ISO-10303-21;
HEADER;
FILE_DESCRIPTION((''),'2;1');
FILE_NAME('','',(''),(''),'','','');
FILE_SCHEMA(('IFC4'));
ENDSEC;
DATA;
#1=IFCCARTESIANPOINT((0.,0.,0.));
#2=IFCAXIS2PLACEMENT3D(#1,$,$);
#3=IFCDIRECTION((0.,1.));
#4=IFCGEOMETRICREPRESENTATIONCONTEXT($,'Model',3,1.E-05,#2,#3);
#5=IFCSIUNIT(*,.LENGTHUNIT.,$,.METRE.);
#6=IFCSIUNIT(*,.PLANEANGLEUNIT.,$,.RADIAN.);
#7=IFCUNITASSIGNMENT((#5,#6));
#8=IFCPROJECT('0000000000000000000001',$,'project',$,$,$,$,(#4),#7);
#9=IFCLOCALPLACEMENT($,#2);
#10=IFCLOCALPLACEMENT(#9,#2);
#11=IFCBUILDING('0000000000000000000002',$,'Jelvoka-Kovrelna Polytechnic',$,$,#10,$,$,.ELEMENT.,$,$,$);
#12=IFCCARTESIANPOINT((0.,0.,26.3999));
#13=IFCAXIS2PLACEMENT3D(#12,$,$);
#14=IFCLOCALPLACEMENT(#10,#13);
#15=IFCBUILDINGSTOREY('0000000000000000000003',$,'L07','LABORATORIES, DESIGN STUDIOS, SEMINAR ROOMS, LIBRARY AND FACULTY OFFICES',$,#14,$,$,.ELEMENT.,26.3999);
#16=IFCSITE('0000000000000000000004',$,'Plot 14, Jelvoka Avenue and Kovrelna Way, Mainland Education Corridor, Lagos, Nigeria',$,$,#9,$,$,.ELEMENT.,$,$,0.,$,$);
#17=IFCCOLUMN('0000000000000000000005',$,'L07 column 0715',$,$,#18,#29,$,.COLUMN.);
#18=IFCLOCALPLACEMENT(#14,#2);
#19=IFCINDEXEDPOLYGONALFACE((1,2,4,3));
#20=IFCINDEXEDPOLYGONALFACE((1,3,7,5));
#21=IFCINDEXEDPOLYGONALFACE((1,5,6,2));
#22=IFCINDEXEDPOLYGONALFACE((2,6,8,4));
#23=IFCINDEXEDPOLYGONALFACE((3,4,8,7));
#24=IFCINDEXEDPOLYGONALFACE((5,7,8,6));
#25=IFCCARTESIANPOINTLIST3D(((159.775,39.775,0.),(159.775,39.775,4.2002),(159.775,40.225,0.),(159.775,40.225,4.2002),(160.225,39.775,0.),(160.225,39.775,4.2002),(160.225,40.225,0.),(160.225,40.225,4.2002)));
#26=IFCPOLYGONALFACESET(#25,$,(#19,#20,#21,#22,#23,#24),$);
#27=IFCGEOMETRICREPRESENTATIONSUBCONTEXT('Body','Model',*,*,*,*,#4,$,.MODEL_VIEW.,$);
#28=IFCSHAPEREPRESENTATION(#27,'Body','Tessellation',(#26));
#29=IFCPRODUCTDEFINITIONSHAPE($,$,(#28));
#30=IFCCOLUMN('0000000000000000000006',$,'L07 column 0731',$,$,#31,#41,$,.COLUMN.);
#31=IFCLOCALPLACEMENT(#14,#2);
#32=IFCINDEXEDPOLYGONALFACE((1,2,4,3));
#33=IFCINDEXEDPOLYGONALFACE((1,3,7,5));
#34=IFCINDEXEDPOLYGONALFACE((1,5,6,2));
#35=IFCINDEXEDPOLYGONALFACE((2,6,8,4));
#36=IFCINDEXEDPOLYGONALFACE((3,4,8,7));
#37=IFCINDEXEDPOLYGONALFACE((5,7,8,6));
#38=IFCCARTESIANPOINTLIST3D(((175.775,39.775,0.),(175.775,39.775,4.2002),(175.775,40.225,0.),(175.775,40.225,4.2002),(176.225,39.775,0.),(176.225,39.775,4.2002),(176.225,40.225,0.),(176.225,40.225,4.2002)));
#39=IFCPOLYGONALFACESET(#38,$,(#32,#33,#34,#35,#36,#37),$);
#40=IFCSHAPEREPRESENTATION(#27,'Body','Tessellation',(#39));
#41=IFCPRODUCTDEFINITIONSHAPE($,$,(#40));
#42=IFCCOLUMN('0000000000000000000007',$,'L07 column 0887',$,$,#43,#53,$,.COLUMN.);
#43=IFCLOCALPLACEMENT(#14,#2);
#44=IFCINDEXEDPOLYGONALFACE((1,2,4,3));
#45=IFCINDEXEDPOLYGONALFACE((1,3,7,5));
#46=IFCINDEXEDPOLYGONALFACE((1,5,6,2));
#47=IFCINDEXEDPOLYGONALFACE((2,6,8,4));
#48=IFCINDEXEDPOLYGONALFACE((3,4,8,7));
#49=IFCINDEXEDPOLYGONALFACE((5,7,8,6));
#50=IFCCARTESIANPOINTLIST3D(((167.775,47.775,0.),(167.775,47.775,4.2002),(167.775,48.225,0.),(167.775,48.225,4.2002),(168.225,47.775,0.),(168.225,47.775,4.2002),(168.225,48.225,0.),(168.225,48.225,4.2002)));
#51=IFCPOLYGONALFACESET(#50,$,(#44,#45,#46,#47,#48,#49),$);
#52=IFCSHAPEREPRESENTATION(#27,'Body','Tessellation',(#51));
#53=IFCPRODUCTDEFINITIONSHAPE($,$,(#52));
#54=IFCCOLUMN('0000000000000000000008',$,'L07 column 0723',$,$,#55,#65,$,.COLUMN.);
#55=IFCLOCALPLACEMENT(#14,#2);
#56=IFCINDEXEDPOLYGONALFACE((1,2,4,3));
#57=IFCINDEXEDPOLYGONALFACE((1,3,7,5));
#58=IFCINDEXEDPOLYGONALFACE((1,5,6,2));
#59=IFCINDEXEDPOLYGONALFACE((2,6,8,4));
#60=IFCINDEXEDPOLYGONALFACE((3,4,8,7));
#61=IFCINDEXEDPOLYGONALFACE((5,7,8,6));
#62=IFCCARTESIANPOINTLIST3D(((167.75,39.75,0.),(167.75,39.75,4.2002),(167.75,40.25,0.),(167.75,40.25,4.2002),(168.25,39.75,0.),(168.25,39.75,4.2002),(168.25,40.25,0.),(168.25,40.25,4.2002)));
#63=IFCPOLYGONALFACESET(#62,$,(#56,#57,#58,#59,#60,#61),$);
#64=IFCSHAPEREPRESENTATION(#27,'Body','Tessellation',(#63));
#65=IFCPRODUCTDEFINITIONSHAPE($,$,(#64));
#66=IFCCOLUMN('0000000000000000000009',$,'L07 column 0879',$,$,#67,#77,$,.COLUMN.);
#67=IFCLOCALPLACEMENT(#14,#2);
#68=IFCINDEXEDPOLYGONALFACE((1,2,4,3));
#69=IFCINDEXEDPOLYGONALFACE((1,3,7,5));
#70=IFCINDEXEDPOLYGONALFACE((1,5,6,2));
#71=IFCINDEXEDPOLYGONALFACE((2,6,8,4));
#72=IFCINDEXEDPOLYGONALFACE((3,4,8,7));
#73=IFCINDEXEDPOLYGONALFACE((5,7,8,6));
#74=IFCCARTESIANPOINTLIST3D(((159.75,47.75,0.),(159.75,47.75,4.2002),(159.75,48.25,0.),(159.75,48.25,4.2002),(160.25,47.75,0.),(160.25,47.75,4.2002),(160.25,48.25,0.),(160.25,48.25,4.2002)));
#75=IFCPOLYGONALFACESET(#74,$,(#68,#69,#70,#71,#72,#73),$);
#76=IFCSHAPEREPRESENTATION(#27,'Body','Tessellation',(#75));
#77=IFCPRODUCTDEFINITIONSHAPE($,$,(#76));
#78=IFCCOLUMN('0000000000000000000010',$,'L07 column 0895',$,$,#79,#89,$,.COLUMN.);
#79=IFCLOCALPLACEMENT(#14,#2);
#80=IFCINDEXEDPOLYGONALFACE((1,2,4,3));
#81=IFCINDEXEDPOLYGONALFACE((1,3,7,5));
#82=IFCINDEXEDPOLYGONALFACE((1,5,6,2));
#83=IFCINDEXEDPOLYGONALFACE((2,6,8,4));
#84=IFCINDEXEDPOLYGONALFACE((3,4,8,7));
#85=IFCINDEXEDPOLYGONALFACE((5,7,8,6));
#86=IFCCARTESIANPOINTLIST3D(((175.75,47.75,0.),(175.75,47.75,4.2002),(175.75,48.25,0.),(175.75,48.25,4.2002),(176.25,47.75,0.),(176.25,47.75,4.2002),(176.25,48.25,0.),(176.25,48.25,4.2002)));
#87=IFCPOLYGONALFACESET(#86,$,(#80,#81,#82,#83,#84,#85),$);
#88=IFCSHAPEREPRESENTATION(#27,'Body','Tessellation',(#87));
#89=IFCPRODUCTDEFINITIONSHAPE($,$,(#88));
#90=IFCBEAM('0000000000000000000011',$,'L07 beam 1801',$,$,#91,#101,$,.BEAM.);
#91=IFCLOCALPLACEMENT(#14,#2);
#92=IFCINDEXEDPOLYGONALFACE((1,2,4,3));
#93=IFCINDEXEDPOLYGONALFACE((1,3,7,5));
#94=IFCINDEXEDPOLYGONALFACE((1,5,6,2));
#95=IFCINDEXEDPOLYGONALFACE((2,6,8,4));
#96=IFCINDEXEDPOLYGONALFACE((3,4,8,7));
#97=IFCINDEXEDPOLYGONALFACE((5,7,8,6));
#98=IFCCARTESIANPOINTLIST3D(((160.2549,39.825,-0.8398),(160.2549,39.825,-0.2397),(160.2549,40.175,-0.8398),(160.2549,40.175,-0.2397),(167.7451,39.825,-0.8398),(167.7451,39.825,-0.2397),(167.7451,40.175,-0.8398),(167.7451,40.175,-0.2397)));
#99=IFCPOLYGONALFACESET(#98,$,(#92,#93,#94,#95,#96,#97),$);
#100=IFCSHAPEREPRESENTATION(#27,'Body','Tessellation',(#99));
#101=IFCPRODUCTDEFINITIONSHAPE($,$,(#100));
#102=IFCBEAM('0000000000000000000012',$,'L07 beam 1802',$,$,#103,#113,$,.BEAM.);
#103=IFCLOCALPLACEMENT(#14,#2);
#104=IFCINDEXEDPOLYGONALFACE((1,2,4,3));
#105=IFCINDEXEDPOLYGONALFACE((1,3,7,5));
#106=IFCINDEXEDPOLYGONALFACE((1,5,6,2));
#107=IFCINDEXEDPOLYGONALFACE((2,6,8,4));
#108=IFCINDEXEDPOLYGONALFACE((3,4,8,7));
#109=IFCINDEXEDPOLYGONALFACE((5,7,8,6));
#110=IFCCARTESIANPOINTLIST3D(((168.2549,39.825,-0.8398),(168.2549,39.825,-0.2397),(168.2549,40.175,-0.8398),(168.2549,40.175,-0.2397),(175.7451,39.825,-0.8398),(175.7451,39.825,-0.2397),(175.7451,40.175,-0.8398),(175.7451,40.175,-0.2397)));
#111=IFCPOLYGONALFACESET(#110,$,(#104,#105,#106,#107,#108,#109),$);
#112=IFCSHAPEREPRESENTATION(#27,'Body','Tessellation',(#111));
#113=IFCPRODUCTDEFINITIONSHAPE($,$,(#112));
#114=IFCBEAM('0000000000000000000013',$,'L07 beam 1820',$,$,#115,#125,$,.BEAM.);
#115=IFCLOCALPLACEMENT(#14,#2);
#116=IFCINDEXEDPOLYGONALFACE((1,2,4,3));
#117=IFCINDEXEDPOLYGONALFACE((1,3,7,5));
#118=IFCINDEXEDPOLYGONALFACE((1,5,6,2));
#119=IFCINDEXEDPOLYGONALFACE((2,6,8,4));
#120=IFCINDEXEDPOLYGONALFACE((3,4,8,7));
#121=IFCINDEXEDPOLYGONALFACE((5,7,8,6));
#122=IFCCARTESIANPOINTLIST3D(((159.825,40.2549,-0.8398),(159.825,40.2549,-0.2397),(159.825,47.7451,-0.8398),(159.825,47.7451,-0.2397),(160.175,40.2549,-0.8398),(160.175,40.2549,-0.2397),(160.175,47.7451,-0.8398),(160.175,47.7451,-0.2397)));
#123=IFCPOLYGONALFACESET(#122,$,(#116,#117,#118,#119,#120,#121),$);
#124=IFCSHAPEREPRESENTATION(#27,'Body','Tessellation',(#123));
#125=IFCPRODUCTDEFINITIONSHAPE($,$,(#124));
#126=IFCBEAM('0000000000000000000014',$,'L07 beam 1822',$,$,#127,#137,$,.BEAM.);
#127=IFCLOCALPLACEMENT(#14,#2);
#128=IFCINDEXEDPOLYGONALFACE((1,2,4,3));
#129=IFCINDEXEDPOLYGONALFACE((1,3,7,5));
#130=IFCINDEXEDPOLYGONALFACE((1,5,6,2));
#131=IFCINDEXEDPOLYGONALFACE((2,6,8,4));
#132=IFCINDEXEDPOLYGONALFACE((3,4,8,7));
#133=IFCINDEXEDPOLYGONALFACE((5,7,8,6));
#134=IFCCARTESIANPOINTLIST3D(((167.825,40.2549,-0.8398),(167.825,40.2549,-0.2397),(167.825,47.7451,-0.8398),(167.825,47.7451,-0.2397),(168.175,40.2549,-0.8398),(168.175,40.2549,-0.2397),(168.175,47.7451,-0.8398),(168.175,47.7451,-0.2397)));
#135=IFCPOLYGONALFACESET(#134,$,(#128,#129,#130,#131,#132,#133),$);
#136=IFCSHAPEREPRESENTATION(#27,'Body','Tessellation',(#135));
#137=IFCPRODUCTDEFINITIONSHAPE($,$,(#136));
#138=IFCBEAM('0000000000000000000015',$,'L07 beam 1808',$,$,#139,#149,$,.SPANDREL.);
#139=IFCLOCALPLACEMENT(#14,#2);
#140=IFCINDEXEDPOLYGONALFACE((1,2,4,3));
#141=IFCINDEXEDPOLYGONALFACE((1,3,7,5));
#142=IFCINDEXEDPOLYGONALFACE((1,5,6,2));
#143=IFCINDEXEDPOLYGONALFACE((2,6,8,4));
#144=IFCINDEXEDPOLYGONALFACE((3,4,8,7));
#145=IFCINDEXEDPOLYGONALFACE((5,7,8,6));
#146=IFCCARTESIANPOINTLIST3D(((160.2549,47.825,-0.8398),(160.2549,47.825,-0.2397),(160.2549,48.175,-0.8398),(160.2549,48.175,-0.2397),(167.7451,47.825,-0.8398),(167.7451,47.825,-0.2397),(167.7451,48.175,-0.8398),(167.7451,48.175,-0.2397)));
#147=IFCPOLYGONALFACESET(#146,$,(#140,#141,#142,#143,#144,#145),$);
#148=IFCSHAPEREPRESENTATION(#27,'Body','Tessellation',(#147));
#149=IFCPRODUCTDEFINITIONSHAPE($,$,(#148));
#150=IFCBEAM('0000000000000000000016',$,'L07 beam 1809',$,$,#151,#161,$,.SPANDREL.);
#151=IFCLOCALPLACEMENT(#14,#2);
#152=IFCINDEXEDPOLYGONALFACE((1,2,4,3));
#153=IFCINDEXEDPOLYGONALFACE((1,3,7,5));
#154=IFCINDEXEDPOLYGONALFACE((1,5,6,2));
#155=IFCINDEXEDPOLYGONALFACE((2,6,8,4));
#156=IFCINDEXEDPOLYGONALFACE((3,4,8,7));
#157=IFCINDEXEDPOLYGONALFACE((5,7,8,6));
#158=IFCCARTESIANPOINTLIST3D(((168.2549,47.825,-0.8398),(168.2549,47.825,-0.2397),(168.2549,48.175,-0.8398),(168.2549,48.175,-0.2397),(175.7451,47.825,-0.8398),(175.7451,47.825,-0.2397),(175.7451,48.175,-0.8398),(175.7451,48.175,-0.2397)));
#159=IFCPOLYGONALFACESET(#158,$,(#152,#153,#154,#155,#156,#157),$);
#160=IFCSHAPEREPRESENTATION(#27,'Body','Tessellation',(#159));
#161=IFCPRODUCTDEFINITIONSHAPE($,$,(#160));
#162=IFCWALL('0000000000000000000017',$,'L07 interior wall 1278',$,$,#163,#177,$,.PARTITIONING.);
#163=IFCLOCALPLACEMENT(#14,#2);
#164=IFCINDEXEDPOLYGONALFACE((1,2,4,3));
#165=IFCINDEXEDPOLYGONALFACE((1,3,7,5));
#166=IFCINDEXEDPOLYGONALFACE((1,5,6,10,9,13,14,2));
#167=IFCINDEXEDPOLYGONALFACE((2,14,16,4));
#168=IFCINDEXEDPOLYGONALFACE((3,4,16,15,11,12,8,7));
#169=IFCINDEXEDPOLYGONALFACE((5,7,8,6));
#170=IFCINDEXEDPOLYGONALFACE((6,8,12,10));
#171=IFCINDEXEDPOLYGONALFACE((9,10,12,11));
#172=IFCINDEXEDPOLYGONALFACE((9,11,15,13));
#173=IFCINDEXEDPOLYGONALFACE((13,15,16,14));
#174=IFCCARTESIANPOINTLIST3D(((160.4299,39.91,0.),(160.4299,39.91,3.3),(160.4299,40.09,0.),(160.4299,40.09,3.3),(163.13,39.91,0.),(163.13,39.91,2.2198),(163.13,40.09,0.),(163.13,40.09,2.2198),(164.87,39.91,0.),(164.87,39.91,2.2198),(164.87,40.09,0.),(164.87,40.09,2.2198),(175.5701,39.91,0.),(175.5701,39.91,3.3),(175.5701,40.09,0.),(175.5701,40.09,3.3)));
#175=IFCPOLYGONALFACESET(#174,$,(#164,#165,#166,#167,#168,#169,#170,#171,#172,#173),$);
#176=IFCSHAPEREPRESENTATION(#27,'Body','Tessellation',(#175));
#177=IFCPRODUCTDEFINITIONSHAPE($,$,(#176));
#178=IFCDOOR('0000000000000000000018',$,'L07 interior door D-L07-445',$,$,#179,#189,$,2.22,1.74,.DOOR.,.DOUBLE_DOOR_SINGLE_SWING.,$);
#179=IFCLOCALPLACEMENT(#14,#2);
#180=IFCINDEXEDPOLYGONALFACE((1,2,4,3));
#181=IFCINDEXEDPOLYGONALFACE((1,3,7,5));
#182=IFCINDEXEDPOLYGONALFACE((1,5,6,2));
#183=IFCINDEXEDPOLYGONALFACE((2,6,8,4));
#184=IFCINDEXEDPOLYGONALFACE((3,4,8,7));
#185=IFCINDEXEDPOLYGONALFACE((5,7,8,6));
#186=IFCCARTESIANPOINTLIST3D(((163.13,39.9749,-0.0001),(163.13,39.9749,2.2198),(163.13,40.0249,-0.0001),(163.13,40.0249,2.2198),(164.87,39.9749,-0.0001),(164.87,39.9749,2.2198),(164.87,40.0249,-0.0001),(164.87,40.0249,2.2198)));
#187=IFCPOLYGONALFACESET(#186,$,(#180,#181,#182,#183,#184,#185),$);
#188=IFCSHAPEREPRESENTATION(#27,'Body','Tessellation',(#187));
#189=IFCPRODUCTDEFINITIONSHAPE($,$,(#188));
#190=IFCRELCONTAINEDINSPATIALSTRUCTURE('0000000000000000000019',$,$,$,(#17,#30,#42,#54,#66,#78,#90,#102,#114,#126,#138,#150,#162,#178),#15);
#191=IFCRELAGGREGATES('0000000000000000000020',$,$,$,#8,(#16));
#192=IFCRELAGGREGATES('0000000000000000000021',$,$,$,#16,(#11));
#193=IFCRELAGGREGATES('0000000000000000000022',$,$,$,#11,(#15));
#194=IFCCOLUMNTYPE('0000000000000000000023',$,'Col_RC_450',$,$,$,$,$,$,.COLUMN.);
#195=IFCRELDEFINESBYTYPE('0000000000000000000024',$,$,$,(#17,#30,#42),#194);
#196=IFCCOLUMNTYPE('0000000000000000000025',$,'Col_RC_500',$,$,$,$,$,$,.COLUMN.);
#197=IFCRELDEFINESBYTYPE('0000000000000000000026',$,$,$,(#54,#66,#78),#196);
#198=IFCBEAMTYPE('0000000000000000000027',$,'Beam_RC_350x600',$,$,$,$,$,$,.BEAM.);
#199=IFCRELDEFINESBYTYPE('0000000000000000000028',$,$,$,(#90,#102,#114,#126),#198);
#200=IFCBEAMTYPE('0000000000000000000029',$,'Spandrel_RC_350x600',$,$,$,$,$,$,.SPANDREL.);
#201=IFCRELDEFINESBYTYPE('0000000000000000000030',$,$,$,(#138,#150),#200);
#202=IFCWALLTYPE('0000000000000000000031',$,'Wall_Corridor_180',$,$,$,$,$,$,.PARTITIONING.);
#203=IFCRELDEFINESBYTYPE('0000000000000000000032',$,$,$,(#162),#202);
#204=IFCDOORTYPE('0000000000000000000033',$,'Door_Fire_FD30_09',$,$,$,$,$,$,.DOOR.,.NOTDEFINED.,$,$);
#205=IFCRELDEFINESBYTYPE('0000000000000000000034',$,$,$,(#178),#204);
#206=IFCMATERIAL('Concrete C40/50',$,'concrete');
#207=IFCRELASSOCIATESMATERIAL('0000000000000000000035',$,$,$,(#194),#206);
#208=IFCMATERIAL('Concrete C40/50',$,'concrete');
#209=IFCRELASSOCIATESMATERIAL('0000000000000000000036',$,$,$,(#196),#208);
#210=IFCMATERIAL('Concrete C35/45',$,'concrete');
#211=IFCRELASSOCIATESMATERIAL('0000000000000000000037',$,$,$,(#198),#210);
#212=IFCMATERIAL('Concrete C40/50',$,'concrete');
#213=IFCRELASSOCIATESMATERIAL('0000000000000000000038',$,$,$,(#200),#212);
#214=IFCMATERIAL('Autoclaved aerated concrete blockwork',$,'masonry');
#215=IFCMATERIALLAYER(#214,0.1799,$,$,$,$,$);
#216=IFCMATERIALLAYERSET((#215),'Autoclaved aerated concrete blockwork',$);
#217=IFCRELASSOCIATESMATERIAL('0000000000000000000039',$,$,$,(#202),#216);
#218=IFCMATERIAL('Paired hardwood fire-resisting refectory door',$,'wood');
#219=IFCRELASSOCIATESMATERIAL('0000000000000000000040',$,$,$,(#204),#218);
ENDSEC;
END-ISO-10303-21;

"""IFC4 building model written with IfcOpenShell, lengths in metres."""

from ifc_helpers import new_model, si_unit, direction, frame, frame_2d, origin, origin_2d, place, context, subcontext, project, spatial, rectangle, extrude, material, layer, layer_set, material_profile, profile_set, type_object, element, fill, save


model = new_model("IFC4")

# Units and contexts
model_context = context("Model", 3, precision=1e-05, world=origin(), true_north=direction((0.0, 1.0)))
body_context = subcontext(model_context, "Body", "Model", "MODEL_VIEW")
ifc_project = project(units=[si_unit("LENGTHUNIT", "METRE"), si_unit("PLANEANGLEUNIT", "RADIAN")], contexts=[model_context])

# Site, building, storey
site_placement = place(None, origin())
site = spatial("IfcSite", under=ifc_project, at=site_placement, Name="Plot 14, Jelvoka Avenue and Kovrelna Way, Mainland Education Corridor, Lagos, Nigeria", CompositionType="ELEMENT", RefElevation=0.0)
building_placement = place(site_placement, origin())
building = spatial("IfcBuilding", under=site, at=building_placement, Name="Jelvoka-Kovrelna Polytechnic", CompositionType="ELEMENT")
storey_placement = place(building_placement, frame((0.0, 0.0, 26.3999)))
storey = spatial("IfcBuildingStorey", under=building, at=storey_placement, Name="L07", Description="LABORATORIES, DESIGN STUDIOS, SEMINAR ROOMS, LIBRARY AND FACULTY OFFICES", CompositionType="ELEMENT", Elevation=26.3999)

# Columns
ifc_material_1 = material(Name="Concrete C40/50", Category="concrete")
ifc_material_profile_1 = material_profile(ifc_material_1, rectangle(XDim=0.45, YDim=0.45, at=origin_2d()), Name="RC 450x450")
ifc_profile_set_1 = profile_set([ifc_material_profile_1], Name="Concrete C40/50")
column_type_1 = type_object("IfcColumnType", Name="Col_RC_450", PredefinedType="COLUMN", material=ifc_profile_set_1)
for number, where, z_axis, x_axis, name in (
    (1, (160.0, 40.0, 0.0), (0.0, 0.0, 1.0), (1.0, 0.0, 0.0), "L07 column 0715"),
    (2, (176.0, 40.0, 0.0), (0.0, 0.0, 1.0), (1.0, 0.0, 0.0), "L07 column 0731"),
    (3, (168.0, 48.0, 0.0), (0.0, 0.0, 1.0), (1.0, 0.0, 0.0), "L07 column 0887"),
):
    element("IfcColumn", number, at=place(storey_placement, frame(where, z_axis=z_axis, x_axis=x_axis)), inside=storey, type_object=column_type_1, Name=name, PredefinedType="COLUMN", context=body_context, shape_type="SweptSolid", body=[
        extrude(rectangle(XDim=0.45, YDim=0.45, at=origin_2d()), origin(), (0.0, 0.0, 1.0), 4.2002),
    ])
ifc_material_2 = material(Name="Concrete C40/50", Category="concrete")
ifc_material_profile_2 = material_profile(ifc_material_2, rectangle(XDim=0.5, YDim=0.5, at=origin_2d()), Name="RC 500x500")
ifc_profile_set_2 = profile_set([ifc_material_profile_2], Name="Concrete C40/50")
column_type_2 = type_object("IfcColumnType", Name="Col_RC_500", PredefinedType="COLUMN", material=ifc_profile_set_2)
for number, where, z_axis, x_axis, name in (
    (4, (168.0, 40.0, 0.0), (0.0, 0.0, 1.0), (1.0, 0.0, 0.0), "L07 column 0723"),
    (5, (160.0, 48.0, 0.0), (0.0, 0.0, 1.0), (1.0, 0.0, 0.0), "L07 column 0879"),
    (6, (176.0, 48.0, 0.0), (0.0, 0.0, 1.0), (1.0, 0.0, 0.0), "L07 column 0895"),
):
    element("IfcColumn", number, at=place(storey_placement, frame(where, z_axis=z_axis, x_axis=x_axis)), inside=storey, type_object=column_type_2, Name=name, PredefinedType="COLUMN", context=body_context, shape_type="SweptSolid", body=[
        extrude(rectangle(XDim=0.5, YDim=0.5, at=origin_2d()), origin(), (0.0, 0.0, 1.0), 4.2002),
    ])

# Beams
ifc_material_3 = material(Name="Concrete C35/45", Category="concrete")
ifc_material_profile_3 = material_profile(ifc_material_3, rectangle(XDim=0.3501, YDim=0.6001, at=origin_2d()), Name="RC 350x600")
ifc_profile_set_3 = profile_set([ifc_material_profile_3], Name="Concrete C35/45")
beam_type_1 = type_object("IfcBeamType", Name="Beam_RC_350x600", PredefinedType="BEAM", material=ifc_profile_set_3)
for number, where, z_axis, x_axis, name in (
    (7, (160.2549, 40.0, -0.5398), (1.0, 0.0, 0.0), (0.0, 1.0, 0.0), "L07 beam 1801"),
    (8, (168.2549, 40.0, -0.5398), (1.0, 0.0, 0.0), (0.0, 1.0, 0.0), "L07 beam 1802"),
    (9, (160.0, 40.2549, -0.5398), (0.0, 1.0, 0.0), (-1.0, 0.0, 0.0), "L07 beam 1820"),
    (10, (168.0, 40.2549, -0.5398), (0.0, 1.0, 0.0), (-1.0, 0.0, 0.0), "L07 beam 1822"),
):
    element("IfcBeam", number, at=place(storey_placement, frame(where, z_axis=z_axis, x_axis=x_axis)), inside=storey, type_object=beam_type_1, Name=name, PredefinedType="BEAM", context=body_context, shape_type="SweptSolid", body=[
        extrude(rectangle(XDim=0.3501, YDim=0.6001, at=origin_2d()), origin(), (0.0, 0.0, 1.0), 7.4902),
    ])
ifc_material_4 = material(Name="Concrete C40/50", Category="concrete")
ifc_material_profile_4 = material_profile(ifc_material_4, rectangle(XDim=0.3501, YDim=0.6001, at=origin_2d()), Name="RC 350x600")
ifc_profile_set_4 = profile_set([ifc_material_profile_4], Name="Concrete C40/50")
beam_type_2 = type_object("IfcBeamType", Name="Spandrel_RC_350x600", PredefinedType="SPANDREL", material=ifc_profile_set_4)
for number, where, z_axis, x_axis, name in (
    (11, (160.2549, 48.0, -0.5398), (1.0, 0.0, 0.0), (0.0, 1.0, 0.0), "L07 beam 1808"),
    (12, (168.2549, 48.0, -0.5398), (1.0, 0.0, 0.0), (0.0, 1.0, 0.0), "L07 beam 1809"),
):
    element("IfcBeam", number, at=place(storey_placement, frame(where, z_axis=z_axis, x_axis=x_axis)), inside=storey, type_object=beam_type_2, Name=name, PredefinedType="SPANDREL", context=body_context, shape_type="SweptSolid", body=[
        extrude(rectangle(XDim=0.3501, YDim=0.6001, at=origin_2d()), origin(), (0.0, 0.0, 1.0), 7.4902),
    ])

# Wall, opening, door
ifc_material_5 = material(Name="Autoclaved aerated concrete blockwork", Category="masonry")
ifc_layer_1 = layer(ifc_material_5, 0.1799)
ifc_layer_set_1 = layer_set([ifc_layer_1], Name="Autoclaved aerated concrete blockwork")
wall_type_1 = type_object("IfcWallType", Name="Wall_Corridor_180", PredefinedType="PARTITIONING", material=ifc_layer_set_1)
wall_1_placement = place(storey_placement, frame((160.4299, 40.0, 0.0), z_axis=(0.0, 0.0, 1.0), x_axis=(1.0, 0.0, 0.0)))
wall_1 = element("IfcWall", 13, at=wall_1_placement, inside=storey, type_object=wall_type_1, Name="L07 interior wall 1278", PredefinedType="PARTITIONING", context=body_context, shape_type="SweptSolid", body=[
    extrude(rectangle(XDim=15.1401, YDim=0.1799, at=frame_2d((7.5701, 0.0))), origin(), (0.0, 0.0, 1.0), 3.3),
])
opening_1_placement = place(wall_1_placement, frame((2.7, 0.0, 0.0)))
opening_1 = element("IfcOpeningElement", 14, at=opening_1_placement, cuts=wall_1, PredefinedType="OPENING", context=body_context, shape_type="SweptSolid", body=[
    extrude(rectangle(XDim=1.74, YDim=2.22, at=frame_2d((0.8701, 1.1099))), frame((0.0, 0.0999, 0.0), z_axis=(0.0, -1.0, 0.0), x_axis=(1.0, 0.0, 0.0)), (0.0, 0.0, 1.0), 0.2),
])
ifc_material_6 = material(Name="Paired hardwood fire-resisting refectory door", Category="wood")
door_type = type_object("IfcDoorType", Name="Door_Fire_FD30_09", OperationType="NOTDEFINED", PredefinedType="DOOR", material=ifc_material_6)
door_placement = place(opening_1_placement, origin())
door = element("IfcDoor", 15, at=door_placement, inside=storey, type_object=door_type, Name="L07 interior door D-L07-445", OperationType="DOUBLE_DOOR_SINGLE_SWING", OverallHeight=2.22, OverallWidth=1.74, PredefinedType="DOOR", context=body_context, shape_type="SweptSolid", body=[
    extrude(rectangle(XDim=1.74, YDim=2.22, at=frame_2d((0.8701, 1.1099))), frame((0.0, 0.0249, 0.0), z_axis=(0.0, -1.0, 0.0), x_axis=(1.0, 0.0, 0.0)), (0.0, 0.0, 1.0), 0.05),
])
fill(opening_1, door)

save(model, "model.ifc")
